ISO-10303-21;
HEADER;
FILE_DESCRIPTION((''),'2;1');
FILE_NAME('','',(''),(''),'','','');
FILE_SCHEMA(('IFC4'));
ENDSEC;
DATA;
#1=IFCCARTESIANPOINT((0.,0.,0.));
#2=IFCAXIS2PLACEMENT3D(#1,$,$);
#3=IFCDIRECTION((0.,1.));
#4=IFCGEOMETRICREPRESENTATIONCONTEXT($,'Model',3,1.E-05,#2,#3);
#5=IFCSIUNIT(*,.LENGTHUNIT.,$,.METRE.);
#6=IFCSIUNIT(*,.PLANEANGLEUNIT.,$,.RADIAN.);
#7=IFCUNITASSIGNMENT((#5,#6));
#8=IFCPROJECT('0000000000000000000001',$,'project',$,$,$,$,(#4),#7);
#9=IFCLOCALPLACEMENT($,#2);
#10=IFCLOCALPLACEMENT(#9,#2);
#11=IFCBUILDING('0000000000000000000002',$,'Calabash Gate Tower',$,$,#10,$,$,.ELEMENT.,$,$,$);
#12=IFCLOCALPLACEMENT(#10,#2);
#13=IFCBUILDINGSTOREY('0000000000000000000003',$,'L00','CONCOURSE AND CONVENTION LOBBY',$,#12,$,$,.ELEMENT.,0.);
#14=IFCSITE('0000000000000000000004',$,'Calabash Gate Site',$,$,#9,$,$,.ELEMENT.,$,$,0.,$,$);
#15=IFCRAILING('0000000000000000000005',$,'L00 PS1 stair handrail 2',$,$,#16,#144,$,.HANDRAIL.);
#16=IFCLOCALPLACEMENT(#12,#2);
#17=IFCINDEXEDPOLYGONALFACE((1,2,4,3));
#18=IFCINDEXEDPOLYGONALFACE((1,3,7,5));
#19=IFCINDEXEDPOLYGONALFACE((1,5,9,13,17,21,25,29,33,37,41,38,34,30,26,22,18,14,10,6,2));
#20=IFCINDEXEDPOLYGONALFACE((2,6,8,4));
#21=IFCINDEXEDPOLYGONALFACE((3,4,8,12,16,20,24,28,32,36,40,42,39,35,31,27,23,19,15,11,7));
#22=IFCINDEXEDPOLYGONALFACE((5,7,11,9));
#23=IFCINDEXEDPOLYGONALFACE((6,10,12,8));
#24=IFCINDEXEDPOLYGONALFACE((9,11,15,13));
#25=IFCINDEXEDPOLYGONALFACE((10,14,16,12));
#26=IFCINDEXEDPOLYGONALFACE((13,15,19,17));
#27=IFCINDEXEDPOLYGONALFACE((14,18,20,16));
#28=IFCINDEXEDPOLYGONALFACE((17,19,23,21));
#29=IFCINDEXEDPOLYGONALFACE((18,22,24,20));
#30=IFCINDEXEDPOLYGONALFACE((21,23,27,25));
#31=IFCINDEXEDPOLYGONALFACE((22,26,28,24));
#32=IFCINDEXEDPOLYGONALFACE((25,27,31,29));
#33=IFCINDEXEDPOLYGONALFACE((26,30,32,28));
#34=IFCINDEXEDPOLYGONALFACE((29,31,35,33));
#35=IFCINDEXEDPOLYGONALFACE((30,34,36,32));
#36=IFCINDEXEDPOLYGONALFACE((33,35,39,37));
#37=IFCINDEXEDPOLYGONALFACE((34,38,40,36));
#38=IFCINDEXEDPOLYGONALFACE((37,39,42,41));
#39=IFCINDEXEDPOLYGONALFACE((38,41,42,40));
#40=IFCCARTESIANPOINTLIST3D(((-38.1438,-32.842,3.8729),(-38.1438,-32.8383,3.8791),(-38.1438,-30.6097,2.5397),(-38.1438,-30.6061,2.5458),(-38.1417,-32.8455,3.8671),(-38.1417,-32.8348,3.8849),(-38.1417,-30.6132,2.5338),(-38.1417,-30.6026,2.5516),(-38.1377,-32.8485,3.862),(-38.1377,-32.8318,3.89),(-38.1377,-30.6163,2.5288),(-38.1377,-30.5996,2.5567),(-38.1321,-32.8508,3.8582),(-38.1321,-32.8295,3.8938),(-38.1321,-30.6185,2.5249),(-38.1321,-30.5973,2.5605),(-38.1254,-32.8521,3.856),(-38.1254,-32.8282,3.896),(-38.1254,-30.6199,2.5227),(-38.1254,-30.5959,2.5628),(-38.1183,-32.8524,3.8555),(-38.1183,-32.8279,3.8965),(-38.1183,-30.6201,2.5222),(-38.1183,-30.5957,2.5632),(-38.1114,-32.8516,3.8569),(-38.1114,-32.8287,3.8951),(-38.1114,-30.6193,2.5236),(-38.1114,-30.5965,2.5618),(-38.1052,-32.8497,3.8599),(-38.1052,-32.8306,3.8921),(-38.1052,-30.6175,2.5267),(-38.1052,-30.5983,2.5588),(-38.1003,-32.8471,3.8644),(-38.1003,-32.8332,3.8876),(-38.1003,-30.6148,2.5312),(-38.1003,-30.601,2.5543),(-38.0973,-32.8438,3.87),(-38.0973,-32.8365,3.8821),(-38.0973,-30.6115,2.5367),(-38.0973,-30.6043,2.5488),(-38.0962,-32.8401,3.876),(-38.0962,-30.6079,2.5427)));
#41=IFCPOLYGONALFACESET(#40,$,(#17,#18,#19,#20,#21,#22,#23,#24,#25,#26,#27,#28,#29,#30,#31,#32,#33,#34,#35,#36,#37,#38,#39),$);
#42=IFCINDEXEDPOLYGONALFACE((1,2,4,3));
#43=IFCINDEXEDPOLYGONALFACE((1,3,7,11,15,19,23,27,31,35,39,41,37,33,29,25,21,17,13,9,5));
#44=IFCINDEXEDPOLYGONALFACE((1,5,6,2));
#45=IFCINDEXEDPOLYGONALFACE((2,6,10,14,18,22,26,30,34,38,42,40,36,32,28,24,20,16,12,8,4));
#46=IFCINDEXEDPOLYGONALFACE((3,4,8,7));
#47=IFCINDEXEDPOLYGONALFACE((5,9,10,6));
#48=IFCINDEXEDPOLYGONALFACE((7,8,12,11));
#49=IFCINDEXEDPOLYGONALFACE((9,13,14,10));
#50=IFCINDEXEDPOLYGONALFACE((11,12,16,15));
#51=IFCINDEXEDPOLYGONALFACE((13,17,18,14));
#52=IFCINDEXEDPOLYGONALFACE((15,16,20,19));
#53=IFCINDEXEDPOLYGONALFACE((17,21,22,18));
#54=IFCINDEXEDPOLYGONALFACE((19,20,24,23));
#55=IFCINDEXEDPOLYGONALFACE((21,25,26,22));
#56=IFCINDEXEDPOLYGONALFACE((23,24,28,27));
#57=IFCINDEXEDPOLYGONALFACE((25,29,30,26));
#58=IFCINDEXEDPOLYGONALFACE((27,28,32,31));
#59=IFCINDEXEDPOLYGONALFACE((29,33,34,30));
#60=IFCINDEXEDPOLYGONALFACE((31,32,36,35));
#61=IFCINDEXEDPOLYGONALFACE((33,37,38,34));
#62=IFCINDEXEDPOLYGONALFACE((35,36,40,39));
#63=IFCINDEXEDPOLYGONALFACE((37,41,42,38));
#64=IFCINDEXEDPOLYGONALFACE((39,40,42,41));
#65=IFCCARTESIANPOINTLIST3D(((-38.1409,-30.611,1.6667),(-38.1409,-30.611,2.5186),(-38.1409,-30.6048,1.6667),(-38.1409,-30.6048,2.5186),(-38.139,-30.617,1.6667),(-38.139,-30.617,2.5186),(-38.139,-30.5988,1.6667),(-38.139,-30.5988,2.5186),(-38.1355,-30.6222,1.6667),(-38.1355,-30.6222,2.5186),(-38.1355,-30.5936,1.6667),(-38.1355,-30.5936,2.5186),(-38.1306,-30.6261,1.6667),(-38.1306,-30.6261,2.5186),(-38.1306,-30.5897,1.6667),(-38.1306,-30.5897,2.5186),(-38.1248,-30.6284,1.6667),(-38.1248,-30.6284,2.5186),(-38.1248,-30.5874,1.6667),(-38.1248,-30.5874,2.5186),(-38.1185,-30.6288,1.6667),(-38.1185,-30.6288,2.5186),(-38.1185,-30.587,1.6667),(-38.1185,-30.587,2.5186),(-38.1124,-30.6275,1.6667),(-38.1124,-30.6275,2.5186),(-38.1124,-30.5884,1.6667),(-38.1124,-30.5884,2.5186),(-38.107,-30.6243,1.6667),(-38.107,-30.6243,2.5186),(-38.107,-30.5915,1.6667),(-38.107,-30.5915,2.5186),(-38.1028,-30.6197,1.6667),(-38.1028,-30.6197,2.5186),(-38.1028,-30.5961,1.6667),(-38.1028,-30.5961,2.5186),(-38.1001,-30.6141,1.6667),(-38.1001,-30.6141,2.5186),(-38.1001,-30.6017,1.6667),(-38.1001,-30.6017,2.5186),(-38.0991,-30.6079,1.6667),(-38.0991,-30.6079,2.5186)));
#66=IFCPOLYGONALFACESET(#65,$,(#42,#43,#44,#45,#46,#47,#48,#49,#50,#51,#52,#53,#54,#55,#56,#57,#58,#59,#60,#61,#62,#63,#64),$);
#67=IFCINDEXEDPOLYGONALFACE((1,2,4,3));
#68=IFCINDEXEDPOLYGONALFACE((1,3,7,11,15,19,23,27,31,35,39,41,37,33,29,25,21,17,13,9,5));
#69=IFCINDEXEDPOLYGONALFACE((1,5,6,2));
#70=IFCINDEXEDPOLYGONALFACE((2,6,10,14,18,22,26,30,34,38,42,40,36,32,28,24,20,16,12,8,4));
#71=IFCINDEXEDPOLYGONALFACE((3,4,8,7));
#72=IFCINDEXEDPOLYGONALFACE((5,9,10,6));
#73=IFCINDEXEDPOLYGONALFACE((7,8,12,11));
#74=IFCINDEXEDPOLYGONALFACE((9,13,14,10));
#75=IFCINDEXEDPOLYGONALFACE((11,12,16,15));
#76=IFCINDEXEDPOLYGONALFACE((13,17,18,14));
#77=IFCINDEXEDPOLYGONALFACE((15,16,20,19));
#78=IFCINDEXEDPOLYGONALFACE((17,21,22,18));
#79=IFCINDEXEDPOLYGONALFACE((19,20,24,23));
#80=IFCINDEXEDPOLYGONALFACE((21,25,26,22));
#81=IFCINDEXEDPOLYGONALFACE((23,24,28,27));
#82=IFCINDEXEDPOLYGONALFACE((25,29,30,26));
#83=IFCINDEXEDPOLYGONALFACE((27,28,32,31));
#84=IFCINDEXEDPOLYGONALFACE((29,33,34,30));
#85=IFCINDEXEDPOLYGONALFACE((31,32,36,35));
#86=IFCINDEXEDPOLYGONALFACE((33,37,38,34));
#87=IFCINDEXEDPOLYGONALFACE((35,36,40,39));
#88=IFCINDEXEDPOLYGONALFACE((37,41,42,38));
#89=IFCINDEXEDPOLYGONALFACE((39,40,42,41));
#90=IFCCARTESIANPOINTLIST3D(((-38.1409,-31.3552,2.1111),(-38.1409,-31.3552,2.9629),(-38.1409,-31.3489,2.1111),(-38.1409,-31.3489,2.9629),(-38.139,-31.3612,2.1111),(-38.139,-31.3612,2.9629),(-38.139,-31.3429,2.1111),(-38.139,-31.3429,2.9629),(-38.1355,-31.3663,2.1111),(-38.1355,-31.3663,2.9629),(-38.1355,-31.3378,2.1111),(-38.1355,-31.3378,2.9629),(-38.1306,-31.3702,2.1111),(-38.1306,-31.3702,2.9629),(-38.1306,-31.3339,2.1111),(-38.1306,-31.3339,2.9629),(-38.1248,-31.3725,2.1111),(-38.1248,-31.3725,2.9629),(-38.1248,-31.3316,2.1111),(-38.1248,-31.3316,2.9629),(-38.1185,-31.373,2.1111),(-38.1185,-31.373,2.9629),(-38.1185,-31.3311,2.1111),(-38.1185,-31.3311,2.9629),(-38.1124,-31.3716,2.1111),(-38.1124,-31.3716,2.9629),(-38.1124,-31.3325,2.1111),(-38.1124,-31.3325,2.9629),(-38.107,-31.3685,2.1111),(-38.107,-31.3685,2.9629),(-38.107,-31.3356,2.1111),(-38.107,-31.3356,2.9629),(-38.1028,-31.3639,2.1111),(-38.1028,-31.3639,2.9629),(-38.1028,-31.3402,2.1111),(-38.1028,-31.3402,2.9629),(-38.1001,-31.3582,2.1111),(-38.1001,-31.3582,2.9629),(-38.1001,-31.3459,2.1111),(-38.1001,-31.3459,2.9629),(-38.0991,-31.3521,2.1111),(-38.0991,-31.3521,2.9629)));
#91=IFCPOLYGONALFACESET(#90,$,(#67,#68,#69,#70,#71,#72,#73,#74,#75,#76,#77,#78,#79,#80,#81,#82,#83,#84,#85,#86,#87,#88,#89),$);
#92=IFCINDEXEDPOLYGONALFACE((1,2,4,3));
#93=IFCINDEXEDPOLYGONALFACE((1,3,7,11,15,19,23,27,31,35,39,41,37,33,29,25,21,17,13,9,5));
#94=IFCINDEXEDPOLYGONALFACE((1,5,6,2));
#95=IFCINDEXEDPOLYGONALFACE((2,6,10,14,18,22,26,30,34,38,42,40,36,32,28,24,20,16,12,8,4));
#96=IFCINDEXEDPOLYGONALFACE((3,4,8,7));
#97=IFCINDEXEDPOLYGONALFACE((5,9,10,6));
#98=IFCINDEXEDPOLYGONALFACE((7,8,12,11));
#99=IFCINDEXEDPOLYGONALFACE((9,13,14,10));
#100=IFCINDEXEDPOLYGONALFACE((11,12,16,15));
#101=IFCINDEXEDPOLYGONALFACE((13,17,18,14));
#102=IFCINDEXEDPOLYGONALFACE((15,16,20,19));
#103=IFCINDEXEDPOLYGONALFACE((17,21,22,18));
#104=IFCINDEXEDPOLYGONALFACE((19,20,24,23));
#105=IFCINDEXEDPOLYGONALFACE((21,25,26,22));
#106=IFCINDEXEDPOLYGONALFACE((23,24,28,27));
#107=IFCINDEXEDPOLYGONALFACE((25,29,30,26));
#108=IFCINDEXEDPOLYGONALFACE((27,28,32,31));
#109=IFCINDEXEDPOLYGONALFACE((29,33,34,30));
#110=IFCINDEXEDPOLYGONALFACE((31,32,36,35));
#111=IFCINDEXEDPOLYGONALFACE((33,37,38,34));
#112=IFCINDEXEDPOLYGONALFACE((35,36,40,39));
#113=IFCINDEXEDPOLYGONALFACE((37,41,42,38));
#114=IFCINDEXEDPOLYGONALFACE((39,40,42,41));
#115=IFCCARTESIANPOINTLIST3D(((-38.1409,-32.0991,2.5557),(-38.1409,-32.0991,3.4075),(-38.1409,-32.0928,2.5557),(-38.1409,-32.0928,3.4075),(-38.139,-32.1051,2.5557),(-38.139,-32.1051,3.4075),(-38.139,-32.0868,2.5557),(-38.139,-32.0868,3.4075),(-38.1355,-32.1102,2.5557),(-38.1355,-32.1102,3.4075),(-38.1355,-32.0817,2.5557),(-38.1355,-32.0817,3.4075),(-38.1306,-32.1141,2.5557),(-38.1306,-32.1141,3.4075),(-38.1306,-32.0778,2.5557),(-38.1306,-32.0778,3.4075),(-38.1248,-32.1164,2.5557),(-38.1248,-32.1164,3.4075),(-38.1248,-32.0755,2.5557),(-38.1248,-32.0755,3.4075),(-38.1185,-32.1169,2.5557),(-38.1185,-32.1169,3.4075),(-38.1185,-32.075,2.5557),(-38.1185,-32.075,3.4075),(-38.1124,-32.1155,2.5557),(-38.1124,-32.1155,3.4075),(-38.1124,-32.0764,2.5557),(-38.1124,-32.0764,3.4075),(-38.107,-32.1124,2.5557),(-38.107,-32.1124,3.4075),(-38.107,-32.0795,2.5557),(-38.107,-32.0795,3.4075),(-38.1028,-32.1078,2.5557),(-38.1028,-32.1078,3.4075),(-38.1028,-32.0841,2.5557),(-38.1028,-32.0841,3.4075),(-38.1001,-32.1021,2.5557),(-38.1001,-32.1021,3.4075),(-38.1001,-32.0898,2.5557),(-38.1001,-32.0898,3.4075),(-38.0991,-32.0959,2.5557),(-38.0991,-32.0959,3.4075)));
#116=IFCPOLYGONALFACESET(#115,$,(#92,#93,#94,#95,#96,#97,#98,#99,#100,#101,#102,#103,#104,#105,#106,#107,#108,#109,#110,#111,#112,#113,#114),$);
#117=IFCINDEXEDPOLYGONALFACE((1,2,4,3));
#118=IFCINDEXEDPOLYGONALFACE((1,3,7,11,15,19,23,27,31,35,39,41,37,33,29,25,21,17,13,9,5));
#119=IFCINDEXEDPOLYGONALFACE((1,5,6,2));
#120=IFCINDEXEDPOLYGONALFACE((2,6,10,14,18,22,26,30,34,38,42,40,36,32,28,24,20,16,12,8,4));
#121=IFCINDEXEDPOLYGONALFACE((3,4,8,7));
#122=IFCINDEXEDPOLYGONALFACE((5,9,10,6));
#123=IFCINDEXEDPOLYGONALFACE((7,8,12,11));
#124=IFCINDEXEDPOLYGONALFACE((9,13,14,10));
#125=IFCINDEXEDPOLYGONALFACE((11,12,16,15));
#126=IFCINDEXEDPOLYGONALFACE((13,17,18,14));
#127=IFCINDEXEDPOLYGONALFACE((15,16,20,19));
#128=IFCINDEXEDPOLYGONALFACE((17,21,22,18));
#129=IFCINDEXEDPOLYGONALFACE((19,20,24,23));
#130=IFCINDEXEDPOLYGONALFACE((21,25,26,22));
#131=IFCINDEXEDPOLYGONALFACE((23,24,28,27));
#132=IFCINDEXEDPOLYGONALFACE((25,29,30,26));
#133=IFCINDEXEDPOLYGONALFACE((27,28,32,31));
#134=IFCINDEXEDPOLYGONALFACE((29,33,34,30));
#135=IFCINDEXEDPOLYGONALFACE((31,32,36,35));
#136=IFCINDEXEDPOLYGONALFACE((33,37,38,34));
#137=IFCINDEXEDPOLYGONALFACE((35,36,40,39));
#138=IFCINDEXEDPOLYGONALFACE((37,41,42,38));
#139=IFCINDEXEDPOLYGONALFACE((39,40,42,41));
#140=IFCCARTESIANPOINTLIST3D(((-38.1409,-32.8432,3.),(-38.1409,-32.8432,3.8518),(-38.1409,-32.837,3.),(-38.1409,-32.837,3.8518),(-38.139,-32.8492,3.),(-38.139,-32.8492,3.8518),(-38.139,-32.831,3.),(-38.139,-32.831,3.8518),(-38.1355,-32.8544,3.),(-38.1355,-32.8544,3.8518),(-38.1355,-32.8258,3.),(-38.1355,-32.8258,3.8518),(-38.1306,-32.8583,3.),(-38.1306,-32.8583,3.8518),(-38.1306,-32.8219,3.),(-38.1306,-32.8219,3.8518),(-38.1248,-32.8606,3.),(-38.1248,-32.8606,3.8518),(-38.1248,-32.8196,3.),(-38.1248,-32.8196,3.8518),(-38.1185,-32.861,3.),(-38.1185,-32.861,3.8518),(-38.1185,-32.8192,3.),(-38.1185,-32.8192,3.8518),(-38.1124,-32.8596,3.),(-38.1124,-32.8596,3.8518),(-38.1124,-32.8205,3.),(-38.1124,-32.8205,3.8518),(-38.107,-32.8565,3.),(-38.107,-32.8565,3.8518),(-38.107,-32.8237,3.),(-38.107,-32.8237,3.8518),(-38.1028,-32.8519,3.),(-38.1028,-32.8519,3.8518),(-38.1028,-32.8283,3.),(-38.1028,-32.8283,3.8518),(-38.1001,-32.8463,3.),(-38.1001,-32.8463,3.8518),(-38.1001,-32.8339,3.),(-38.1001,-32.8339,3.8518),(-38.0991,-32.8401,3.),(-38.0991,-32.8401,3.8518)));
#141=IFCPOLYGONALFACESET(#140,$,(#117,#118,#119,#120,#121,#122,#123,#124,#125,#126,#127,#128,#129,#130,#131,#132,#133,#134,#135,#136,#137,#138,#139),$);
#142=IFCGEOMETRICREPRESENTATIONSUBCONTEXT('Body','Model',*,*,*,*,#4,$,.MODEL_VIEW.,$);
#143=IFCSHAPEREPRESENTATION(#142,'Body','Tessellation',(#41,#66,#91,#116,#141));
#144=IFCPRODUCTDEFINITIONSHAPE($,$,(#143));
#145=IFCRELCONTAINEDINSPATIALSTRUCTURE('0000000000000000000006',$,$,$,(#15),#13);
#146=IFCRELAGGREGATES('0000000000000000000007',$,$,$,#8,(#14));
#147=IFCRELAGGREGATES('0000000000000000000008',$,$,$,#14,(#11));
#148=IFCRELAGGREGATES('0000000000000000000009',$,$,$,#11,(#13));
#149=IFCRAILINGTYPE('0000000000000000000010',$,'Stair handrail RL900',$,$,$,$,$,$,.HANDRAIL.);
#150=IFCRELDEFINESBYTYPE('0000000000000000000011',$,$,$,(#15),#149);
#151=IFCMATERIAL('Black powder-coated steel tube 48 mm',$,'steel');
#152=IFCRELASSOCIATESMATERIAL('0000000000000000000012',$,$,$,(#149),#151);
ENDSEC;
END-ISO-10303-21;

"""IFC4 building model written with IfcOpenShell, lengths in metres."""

from ifc_helpers import new_model, si_unit, direction, frame, origin, origin_2d, place, context, subcontext, project, spatial, circle, extrude, material, type_object, element, save


model = new_model("IFC4")

# Units and contexts
model_context = context("Model", 3, precision=1e-05, world=origin(), true_north=direction((0.0, 1.0)))
body_context = subcontext(model_context, "Body", "Model", "MODEL_VIEW")
ifc_project = project(units=[si_unit("LENGTHUNIT", "METRE"), si_unit("PLANEANGLEUNIT", "RADIAN")], contexts=[model_context])

# Site, building, storey
site_placement = place(None, origin())
site = spatial("IfcSite", under=ifc_project, at=site_placement, Name="Calabash Gate Site", CompositionType="ELEMENT", RefElevation=0.0)
building_placement = place(site_placement, origin())
building = spatial("IfcBuilding", under=site, at=building_placement, Name="Calabash Gate Tower", CompositionType="ELEMENT")
storey_placement = place(building_placement, origin())
storey = spatial("IfcBuildingStorey", under=building, at=storey_placement, Name="L00", Description="CONCOURSE AND CONVENTION LOBBY", CompositionType="ELEMENT", Elevation=0.0)

# Railing
ifc_material_1 = material(Name="Black powder-coated steel tube 48 mm", Category="steel")
railing_type_1 = type_object("IfcRailingType", Name="Stair handrail RL900", PredefinedType="HANDRAIL", material=ifc_material_1)
for number, where, name in (
    (1, (-38.1201, -30.6079, 1.6667), "L00 PS1 stair handrail 2"),
):
    element("IfcRailing", number, at=place(storey_placement, frame(where)), inside=storey, type_object=railing_type_1, Name=name, PredefinedType="HANDRAIL", context=body_context, shape_type="SweptSolid", body=[
        extrude(circle(Radius=0.0239, at=origin_2d()), frame((0.0, 0.0, 0.876), z_axis=(0.0, -0.858519, 0.512782), x_axis=(1.0, 0.0, 0.0)), (0.0, 0.0, 1.0), 2.6001),
        extrude(circle(Radius=0.021, at=origin_2d()), origin(), (0.0, 0.0, 1.0), 0.8518),
        extrude(circle(Radius=0.021, at=origin_2d()), frame((0.0, -0.7441, 0.4443)), (0.0, 0.0, 1.0), 0.8518),
        extrude(circle(Radius=0.021, at=origin_2d()), frame((0.0, -1.488, 0.8889)), (0.0, 0.0, 1.0), 0.8518),
        extrude(circle(Radius=0.021, at=origin_2d()), frame((0.0, -2.2322, 1.3333)), (0.0, 0.0, 1.0), 0.8518),
    ])

save(model, "model.ifc")
